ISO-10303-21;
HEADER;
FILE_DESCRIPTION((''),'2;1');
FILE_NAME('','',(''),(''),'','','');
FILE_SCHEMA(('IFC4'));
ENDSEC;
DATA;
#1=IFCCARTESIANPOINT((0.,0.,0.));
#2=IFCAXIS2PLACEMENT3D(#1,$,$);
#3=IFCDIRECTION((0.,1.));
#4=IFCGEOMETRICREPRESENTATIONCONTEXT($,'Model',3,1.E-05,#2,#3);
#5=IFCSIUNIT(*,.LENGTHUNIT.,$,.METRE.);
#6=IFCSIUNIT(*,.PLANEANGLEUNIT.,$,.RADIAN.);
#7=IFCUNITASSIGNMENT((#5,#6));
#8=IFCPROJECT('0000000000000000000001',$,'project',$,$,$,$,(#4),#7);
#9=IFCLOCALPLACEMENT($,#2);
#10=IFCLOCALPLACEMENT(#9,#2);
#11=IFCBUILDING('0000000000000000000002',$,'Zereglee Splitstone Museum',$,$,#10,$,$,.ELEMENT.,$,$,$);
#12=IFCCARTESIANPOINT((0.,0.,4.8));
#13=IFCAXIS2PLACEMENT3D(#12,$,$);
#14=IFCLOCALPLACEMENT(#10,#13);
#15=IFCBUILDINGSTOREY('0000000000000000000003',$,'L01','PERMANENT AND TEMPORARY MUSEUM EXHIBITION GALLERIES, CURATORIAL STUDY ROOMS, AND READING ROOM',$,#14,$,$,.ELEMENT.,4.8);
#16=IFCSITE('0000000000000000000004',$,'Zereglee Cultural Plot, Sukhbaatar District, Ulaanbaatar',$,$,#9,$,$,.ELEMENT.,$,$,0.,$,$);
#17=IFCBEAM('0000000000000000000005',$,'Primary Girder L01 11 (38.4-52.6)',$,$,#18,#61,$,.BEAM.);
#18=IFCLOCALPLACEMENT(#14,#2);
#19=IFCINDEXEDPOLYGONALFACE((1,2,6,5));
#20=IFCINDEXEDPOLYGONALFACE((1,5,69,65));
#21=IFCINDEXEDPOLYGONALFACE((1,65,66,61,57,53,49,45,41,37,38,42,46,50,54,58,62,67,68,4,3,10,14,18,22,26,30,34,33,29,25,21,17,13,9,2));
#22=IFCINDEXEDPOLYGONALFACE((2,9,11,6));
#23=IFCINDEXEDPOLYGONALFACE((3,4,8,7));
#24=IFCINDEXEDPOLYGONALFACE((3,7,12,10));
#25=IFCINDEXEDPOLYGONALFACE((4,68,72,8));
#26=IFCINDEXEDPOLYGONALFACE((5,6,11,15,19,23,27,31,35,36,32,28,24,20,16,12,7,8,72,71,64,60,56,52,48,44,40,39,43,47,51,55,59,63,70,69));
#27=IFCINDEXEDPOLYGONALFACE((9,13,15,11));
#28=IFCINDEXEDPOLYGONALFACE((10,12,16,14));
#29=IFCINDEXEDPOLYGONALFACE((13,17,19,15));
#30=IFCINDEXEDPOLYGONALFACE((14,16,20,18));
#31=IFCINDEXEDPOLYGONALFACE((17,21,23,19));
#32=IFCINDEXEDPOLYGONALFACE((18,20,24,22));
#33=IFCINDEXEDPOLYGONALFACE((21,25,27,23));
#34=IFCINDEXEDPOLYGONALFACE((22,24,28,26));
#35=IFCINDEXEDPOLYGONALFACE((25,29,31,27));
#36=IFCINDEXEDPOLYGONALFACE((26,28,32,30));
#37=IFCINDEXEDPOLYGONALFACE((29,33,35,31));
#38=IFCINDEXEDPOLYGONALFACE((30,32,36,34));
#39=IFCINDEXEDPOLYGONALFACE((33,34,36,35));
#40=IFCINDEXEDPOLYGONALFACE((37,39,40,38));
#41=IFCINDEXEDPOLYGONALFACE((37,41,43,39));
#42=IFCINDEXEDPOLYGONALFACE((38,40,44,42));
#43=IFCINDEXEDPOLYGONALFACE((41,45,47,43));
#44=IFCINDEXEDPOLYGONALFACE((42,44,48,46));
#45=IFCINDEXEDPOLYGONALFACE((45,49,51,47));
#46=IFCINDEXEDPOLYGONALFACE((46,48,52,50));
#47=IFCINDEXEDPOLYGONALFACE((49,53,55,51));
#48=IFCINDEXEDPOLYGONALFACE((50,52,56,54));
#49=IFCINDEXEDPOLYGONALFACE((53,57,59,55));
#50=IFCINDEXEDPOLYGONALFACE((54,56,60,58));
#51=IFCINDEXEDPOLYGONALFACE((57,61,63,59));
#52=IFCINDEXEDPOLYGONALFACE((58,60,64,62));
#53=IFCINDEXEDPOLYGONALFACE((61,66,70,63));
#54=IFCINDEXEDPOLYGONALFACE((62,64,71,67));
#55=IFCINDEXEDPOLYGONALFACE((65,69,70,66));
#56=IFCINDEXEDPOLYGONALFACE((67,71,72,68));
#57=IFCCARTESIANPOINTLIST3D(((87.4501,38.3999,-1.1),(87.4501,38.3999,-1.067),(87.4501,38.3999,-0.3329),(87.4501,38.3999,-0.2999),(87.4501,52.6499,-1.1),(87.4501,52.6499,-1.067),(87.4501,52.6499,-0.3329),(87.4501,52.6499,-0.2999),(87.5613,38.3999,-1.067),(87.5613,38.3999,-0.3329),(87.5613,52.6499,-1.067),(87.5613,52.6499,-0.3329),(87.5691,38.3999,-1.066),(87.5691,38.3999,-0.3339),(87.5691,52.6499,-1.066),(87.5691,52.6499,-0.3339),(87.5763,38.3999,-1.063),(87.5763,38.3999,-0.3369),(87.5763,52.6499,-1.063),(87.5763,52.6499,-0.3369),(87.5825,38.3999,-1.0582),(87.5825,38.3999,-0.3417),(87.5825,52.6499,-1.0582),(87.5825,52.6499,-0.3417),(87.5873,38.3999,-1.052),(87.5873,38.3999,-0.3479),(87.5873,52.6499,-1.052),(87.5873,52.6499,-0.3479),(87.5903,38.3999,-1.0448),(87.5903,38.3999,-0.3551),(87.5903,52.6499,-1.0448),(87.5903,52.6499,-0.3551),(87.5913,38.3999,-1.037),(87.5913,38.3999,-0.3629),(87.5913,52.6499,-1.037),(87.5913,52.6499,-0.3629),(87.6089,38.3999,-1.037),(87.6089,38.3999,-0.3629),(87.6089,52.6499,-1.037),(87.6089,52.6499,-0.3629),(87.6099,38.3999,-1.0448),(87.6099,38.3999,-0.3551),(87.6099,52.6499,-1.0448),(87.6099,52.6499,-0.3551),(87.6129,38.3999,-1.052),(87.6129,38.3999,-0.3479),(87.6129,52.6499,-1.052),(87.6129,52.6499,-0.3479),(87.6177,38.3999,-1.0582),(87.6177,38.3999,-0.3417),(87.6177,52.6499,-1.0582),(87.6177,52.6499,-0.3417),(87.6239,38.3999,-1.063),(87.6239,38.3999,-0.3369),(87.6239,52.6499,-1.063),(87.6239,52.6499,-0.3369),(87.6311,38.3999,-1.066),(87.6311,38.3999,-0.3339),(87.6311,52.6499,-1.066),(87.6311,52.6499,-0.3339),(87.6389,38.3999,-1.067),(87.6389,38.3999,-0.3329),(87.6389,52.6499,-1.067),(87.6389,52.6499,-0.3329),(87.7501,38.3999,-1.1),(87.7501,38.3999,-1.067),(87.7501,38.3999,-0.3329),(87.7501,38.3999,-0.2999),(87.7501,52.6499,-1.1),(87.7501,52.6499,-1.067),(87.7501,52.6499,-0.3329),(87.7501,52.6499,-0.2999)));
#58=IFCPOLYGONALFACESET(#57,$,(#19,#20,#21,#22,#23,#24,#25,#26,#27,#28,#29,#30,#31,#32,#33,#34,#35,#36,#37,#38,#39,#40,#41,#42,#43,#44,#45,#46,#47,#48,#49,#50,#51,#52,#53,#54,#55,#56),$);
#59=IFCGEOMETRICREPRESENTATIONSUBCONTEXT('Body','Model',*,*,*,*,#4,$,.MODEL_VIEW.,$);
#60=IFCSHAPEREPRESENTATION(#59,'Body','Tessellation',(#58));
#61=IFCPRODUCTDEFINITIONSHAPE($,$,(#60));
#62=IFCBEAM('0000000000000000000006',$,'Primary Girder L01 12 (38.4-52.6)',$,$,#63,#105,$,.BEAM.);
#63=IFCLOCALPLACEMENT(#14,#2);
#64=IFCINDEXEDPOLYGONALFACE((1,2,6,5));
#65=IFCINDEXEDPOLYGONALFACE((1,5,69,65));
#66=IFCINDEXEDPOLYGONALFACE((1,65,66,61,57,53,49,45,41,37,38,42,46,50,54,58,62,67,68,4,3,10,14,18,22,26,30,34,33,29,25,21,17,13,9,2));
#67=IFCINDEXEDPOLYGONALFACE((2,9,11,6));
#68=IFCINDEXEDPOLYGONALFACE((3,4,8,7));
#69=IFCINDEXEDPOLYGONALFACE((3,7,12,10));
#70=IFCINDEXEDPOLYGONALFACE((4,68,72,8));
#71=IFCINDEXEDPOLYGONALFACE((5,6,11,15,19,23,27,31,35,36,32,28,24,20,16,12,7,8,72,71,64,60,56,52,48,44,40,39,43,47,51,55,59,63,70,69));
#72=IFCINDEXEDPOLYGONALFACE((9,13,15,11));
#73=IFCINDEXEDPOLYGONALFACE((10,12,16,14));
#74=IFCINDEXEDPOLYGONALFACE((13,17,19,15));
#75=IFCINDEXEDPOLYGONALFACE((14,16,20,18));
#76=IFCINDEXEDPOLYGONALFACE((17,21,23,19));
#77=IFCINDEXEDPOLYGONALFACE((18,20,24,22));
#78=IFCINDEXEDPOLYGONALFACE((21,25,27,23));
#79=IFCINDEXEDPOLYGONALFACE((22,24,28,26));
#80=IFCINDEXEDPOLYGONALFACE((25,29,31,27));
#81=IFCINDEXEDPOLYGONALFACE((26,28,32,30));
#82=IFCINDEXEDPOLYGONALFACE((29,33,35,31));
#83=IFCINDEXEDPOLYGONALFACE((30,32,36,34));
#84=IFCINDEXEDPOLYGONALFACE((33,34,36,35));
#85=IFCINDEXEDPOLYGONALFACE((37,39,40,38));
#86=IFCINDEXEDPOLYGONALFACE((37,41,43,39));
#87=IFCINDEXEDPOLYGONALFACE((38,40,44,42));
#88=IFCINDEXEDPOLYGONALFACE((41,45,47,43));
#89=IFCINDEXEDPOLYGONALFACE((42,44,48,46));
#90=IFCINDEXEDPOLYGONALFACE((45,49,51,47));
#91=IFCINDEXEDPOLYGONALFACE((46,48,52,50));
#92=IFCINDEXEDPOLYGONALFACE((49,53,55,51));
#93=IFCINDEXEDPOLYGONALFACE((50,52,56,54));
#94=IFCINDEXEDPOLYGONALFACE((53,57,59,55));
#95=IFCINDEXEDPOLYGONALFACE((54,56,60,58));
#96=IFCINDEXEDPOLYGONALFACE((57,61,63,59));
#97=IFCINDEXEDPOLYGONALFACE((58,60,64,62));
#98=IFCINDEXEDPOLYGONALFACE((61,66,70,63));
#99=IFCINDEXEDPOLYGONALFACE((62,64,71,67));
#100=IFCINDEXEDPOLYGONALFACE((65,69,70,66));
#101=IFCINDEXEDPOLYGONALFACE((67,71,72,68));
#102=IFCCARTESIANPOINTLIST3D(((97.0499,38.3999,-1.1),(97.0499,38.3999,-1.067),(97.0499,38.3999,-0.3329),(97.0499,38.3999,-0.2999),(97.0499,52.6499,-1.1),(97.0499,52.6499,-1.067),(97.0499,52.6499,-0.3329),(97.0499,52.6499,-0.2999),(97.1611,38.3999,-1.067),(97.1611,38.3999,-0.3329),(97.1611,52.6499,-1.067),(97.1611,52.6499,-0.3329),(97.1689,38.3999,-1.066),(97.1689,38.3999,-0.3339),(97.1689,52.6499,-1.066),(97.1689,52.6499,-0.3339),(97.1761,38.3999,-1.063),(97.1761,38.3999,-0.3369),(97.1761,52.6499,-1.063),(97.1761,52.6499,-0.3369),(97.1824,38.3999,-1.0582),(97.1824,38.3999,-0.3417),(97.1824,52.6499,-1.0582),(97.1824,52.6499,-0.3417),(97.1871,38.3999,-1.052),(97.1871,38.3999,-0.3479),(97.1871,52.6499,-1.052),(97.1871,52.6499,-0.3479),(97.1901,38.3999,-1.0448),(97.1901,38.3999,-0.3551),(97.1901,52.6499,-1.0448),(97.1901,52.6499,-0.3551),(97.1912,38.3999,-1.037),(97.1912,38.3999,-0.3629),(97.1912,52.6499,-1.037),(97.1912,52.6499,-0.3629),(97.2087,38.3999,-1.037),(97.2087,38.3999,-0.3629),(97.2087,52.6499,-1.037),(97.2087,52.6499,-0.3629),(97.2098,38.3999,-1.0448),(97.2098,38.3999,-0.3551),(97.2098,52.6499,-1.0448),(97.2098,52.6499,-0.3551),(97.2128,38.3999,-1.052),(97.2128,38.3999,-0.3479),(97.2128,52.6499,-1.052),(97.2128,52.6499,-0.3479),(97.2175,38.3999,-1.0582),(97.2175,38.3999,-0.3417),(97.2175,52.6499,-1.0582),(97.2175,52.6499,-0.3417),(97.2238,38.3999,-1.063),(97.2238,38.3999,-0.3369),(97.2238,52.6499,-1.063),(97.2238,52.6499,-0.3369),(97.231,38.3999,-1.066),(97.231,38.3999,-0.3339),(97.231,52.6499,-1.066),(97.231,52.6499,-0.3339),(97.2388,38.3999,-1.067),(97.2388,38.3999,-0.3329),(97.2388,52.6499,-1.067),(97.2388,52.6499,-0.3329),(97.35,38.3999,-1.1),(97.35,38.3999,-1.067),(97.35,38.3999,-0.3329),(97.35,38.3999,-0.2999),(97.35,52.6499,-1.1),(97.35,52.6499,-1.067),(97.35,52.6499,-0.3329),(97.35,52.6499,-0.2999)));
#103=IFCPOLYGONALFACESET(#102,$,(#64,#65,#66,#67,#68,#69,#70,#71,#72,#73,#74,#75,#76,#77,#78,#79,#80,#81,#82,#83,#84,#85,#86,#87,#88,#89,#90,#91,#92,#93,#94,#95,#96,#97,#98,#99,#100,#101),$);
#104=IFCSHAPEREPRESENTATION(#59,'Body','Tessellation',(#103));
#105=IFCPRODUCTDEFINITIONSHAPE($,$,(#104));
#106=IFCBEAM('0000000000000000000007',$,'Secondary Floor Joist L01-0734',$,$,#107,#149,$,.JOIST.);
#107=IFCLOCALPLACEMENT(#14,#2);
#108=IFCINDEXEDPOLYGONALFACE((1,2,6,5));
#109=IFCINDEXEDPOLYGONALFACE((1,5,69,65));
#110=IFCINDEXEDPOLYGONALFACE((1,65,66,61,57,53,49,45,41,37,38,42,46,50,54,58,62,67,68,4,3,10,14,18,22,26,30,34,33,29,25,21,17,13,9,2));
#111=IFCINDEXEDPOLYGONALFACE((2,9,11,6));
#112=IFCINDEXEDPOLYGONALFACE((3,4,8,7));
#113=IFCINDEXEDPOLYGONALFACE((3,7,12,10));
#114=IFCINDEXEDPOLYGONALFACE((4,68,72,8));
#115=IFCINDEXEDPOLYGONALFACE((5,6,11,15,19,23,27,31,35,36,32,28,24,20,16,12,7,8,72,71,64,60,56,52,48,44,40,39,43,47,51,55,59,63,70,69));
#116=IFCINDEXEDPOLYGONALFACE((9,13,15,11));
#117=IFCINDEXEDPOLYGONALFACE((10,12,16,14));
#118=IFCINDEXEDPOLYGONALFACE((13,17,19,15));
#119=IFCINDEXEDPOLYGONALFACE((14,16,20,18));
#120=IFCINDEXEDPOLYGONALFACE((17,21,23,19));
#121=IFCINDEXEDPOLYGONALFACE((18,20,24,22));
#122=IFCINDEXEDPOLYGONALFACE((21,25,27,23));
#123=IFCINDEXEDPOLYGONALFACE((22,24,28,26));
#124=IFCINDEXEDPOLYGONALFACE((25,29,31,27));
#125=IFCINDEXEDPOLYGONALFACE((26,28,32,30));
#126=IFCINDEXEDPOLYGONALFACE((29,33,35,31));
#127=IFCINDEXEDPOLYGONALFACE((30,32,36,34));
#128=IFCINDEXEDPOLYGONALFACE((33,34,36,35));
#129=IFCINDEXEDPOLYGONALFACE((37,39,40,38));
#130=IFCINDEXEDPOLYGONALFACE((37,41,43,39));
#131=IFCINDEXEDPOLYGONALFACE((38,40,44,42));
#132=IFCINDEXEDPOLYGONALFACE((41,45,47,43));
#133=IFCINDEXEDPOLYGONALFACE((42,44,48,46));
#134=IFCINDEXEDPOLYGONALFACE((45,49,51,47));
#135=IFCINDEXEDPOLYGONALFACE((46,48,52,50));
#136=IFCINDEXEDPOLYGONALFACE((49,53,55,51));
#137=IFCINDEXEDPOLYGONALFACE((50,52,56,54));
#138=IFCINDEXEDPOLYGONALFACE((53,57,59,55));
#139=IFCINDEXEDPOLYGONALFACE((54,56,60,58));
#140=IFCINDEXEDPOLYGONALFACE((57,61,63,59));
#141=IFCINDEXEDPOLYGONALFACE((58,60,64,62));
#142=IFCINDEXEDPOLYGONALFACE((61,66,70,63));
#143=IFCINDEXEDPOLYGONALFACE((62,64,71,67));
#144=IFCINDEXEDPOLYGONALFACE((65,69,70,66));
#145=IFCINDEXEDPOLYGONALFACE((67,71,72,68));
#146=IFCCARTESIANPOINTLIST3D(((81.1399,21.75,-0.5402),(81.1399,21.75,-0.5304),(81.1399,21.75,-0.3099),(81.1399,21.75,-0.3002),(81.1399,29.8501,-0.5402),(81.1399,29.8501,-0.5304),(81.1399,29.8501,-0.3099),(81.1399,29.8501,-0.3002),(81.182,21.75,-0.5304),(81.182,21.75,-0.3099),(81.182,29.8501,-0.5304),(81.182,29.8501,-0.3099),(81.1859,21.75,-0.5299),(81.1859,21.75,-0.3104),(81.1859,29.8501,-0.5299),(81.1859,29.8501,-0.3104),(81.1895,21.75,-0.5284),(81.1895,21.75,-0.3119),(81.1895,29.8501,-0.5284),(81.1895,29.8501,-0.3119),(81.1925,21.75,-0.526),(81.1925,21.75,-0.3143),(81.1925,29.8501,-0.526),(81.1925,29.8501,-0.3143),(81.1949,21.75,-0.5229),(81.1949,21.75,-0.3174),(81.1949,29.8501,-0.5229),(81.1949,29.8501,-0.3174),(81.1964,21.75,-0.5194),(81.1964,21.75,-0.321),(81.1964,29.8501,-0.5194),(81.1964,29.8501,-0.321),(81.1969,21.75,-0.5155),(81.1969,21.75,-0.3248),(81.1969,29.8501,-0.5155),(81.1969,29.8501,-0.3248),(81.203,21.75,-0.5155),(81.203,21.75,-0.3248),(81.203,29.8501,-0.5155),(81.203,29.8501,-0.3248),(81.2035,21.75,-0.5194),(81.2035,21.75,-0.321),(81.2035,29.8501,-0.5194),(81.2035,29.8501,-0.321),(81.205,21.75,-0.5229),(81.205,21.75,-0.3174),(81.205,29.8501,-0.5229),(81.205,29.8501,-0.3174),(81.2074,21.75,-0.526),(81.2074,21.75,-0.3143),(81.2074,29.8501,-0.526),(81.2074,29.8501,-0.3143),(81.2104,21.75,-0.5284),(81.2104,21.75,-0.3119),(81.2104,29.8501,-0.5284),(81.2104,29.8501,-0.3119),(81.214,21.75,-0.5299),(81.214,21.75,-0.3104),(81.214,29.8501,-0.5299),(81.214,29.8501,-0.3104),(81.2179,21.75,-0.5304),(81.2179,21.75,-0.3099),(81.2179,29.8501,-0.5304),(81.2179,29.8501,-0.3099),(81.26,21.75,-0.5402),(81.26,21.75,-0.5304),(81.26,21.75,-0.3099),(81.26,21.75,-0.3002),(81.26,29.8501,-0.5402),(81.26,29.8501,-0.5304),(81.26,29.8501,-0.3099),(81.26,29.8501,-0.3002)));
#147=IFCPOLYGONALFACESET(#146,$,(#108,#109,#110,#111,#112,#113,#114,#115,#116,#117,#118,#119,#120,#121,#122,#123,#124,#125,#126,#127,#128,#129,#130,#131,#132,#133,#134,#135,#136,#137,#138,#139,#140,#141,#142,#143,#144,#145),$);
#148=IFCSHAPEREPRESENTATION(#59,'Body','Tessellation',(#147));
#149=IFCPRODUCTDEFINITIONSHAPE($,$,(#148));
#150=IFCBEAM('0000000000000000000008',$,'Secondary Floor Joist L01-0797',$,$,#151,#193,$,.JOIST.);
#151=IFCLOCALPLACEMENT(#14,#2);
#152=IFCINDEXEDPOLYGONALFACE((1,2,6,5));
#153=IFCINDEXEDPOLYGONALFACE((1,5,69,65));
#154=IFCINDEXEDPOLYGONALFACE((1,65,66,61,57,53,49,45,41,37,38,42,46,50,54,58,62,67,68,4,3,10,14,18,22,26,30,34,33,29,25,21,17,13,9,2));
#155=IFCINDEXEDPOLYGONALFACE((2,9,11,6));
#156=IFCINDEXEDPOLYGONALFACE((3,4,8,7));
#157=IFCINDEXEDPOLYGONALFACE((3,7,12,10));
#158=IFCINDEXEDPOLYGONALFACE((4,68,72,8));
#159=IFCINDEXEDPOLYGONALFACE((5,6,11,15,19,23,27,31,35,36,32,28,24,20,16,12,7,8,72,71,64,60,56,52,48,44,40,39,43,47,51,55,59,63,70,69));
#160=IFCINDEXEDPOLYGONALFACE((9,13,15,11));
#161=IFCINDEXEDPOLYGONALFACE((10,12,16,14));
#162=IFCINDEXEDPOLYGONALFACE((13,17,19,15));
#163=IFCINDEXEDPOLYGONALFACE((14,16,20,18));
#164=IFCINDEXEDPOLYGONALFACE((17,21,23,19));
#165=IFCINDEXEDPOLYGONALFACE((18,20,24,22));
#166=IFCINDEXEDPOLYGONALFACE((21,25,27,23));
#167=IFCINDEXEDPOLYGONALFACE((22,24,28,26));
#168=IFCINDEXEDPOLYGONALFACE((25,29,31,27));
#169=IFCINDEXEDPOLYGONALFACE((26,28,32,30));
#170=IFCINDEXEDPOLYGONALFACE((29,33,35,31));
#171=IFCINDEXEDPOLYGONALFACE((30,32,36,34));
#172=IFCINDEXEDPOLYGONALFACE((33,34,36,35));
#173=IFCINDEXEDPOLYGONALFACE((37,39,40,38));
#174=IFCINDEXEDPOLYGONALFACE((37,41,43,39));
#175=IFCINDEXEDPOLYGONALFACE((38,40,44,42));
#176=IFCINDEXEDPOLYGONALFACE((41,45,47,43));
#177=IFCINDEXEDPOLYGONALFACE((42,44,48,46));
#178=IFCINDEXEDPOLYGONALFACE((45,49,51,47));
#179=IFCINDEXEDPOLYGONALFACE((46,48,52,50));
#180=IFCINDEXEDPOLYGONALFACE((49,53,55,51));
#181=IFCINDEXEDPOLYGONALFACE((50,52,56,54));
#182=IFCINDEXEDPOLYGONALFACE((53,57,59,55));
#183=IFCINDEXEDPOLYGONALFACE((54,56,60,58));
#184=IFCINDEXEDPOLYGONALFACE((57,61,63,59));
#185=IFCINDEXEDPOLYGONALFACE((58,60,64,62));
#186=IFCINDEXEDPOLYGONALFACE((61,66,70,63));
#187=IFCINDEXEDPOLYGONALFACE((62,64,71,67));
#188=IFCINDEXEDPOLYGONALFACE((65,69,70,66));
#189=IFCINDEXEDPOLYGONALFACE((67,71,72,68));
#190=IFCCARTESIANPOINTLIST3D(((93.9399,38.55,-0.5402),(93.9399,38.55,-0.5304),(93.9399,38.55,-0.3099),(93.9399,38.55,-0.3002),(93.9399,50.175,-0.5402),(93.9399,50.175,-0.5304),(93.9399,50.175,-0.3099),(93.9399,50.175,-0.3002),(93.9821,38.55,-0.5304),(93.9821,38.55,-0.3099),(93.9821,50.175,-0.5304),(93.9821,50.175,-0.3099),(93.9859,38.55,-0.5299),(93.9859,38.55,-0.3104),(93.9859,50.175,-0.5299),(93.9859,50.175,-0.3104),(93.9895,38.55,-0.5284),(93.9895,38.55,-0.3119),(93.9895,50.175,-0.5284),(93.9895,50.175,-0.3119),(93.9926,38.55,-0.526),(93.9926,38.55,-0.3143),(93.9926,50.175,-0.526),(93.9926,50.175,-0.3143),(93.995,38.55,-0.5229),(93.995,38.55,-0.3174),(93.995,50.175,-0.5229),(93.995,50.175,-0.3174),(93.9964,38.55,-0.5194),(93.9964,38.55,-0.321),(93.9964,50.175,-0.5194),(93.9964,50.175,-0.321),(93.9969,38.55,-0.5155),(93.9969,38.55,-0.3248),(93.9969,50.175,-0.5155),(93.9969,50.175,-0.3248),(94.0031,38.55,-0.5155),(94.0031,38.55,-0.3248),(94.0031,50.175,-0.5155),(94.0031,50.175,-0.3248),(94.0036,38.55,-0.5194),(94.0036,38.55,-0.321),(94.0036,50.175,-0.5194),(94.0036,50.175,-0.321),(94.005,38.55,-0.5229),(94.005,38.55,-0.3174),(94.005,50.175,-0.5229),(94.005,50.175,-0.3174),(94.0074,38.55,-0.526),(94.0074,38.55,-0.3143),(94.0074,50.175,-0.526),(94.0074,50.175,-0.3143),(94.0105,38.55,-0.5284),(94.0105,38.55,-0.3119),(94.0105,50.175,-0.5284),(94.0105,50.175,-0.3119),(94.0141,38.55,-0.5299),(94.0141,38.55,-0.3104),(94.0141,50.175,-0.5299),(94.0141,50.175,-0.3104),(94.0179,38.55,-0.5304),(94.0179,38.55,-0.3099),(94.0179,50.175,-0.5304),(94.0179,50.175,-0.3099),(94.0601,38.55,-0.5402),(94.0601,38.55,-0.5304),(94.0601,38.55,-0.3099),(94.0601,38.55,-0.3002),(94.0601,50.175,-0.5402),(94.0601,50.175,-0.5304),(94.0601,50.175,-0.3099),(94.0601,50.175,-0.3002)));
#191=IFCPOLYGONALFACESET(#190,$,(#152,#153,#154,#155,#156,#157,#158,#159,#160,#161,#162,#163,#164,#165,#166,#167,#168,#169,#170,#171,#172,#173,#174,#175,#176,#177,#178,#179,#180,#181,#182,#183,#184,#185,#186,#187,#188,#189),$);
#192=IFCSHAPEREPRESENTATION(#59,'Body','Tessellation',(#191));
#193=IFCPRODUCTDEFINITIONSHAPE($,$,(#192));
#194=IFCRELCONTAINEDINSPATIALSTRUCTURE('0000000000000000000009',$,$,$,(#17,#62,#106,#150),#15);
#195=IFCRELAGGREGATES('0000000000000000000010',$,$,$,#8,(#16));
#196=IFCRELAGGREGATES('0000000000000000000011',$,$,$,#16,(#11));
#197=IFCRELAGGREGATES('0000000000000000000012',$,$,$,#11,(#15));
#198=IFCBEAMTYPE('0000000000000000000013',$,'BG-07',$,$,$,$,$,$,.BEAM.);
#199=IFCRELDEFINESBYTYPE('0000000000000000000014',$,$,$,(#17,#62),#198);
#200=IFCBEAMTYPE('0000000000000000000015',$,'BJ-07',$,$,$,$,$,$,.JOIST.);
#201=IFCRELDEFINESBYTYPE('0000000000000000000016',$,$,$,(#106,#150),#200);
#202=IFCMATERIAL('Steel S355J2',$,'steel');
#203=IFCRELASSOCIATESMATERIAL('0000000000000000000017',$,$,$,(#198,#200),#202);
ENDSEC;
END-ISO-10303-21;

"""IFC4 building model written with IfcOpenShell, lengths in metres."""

from ifc_helpers import new_model, si_unit, direction, frame, origin, origin_2d, place, context, subcontext, project, spatial, i_section, extrude, material, material_profile, profile_set, type_object, element, save


model = new_model("IFC4")

# Units and contexts
model_context = context("Model", 3, precision=1e-05, world=origin(), true_north=direction((0.0, 1.0)))
body_context = subcontext(model_context, "Body", "Model", "MODEL_VIEW")
ifc_project = project(units=[si_unit("LENGTHUNIT", "METRE"), si_unit("PLANEANGLEUNIT", "RADIAN")], contexts=[model_context])

# Site, building, storey
site_placement = place(None, origin())
site = spatial("IfcSite", under=ifc_project, at=site_placement, Name="Zereglee Cultural Plot, Sukhbaatar District, Ulaanbaatar", CompositionType="ELEMENT", RefElevation=0.0)
building_placement = place(site_placement, origin())
building = spatial("IfcBuilding", under=site, at=building_placement, Name="Zereglee Splitstone Museum", CompositionType="ELEMENT")
storey_placement = place(building_placement, frame((0.0, 0.0, 4.8)))
storey = spatial("IfcBuildingStorey", under=building, at=storey_placement, Name="L01", Description="PERMANENT AND TEMPORARY MUSEUM EXHIBITION GALLERIES, CURATORIAL STUDY ROOMS, AND READING ROOM", CompositionType="ELEMENT", Elevation=4.8)

# Shared definitions
ifc_material_1 = material(Name="Steel S355J2", Category="steel")

# Beams
ifc_material_profile_1 = material_profile(ifc_material_1, i_section(OverallWidth=0.3, OverallDepth=0.8, WebThickness=0.0176, FlangeThickness=0.033, FilletRadius=0.03, at=origin_2d()), Name="HE 800 B")
ifc_profile_set_1 = profile_set([ifc_material_profile_1], Name="Steel S355J2")
beam_type_1 = type_object("IfcBeamType", Name="BG-07", PredefinedType="BEAM", material=ifc_profile_set_1)
for number, where, z_axis, x_axis, name in (
    (1, (87.6001, 38.3999, -0.7), (0.0, 1.0, 0.0), (-1.0, 0.0, 0.0), "Primary Girder L01 11 (38.4-52.6)"),
    (2, (97.2, 38.3999, -0.7), (0.0, 1.0, 0.0), (-1.0, 0.0, 0.0), "Primary Girder L01 12 (38.4-52.6)"),
):
    element("IfcBeam", number, at=place(storey_placement, frame(where, z_axis=z_axis, x_axis=x_axis)), inside=storey, type_object=beam_type_1, Name=name, PredefinedType="BEAM", context=body_context, shape_type="SweptSolid", body=[
        extrude(i_section(OverallWidth=0.3, OverallDepth=0.8, WebThickness=0.0176, FlangeThickness=0.033, FilletRadius=0.03, at=origin_2d()), origin(), (0.0, 0.0, 1.0), 14.25),
    ])
ifc_material_profile_2 = material_profile(ifc_material_1, i_section(OverallWidth=0.1201, OverallDepth=0.24, WebThickness=0.0061, FlangeThickness=0.0098, FilletRadius=0.0149, at=origin_2d()), Name="IPE 240")
ifc_profile_set_2 = profile_set([ifc_material_profile_2], Name="Steel S355J2")
beam_type_2 = type_object("IfcBeamType", Name="BJ-07", PredefinedType="JOIST", material=ifc_profile_set_2)
beam_1_placement = place(storey_placement, frame((81.2, 21.75, -0.4202), z_axis=(0.0, 1.0, 0.0), x_axis=(-1.0, 0.0, 0.0)))
element("IfcBeam", 3, at=beam_1_placement, inside=storey, type_object=beam_type_2, Name="Secondary Floor Joist L01-0734", PredefinedType="JOIST", context=body_context, shape_type="SweptSolid", body=[
    extrude(i_section(OverallWidth=0.1201, OverallDepth=0.24, WebThickness=0.0061, FlangeThickness=0.0098, FilletRadius=0.0149, at=origin_2d()), origin(), (0.0, 0.0, 1.0), 8.1001),
])
beam_2_placement = place(storey_placement, frame((94.0, 38.55, -0.4202), z_axis=(0.0, 1.0, 0.0), x_axis=(-1.0, 0.0, 0.0)))
element("IfcBeam", 4, at=beam_2_placement, inside=storey, type_object=beam_type_2, Name="Secondary Floor Joist L01-0797", PredefinedType="JOIST", context=body_context, shape_type="SweptSolid", body=[
    extrude(i_section(OverallWidth=0.1201, OverallDepth=0.24, WebThickness=0.0061, FlangeThickness=0.0098, FilletRadius=0.0149, at=origin_2d()), origin(), (0.0, 0.0, 1.0), 11.625),
])

save(model, "model.ifc")
